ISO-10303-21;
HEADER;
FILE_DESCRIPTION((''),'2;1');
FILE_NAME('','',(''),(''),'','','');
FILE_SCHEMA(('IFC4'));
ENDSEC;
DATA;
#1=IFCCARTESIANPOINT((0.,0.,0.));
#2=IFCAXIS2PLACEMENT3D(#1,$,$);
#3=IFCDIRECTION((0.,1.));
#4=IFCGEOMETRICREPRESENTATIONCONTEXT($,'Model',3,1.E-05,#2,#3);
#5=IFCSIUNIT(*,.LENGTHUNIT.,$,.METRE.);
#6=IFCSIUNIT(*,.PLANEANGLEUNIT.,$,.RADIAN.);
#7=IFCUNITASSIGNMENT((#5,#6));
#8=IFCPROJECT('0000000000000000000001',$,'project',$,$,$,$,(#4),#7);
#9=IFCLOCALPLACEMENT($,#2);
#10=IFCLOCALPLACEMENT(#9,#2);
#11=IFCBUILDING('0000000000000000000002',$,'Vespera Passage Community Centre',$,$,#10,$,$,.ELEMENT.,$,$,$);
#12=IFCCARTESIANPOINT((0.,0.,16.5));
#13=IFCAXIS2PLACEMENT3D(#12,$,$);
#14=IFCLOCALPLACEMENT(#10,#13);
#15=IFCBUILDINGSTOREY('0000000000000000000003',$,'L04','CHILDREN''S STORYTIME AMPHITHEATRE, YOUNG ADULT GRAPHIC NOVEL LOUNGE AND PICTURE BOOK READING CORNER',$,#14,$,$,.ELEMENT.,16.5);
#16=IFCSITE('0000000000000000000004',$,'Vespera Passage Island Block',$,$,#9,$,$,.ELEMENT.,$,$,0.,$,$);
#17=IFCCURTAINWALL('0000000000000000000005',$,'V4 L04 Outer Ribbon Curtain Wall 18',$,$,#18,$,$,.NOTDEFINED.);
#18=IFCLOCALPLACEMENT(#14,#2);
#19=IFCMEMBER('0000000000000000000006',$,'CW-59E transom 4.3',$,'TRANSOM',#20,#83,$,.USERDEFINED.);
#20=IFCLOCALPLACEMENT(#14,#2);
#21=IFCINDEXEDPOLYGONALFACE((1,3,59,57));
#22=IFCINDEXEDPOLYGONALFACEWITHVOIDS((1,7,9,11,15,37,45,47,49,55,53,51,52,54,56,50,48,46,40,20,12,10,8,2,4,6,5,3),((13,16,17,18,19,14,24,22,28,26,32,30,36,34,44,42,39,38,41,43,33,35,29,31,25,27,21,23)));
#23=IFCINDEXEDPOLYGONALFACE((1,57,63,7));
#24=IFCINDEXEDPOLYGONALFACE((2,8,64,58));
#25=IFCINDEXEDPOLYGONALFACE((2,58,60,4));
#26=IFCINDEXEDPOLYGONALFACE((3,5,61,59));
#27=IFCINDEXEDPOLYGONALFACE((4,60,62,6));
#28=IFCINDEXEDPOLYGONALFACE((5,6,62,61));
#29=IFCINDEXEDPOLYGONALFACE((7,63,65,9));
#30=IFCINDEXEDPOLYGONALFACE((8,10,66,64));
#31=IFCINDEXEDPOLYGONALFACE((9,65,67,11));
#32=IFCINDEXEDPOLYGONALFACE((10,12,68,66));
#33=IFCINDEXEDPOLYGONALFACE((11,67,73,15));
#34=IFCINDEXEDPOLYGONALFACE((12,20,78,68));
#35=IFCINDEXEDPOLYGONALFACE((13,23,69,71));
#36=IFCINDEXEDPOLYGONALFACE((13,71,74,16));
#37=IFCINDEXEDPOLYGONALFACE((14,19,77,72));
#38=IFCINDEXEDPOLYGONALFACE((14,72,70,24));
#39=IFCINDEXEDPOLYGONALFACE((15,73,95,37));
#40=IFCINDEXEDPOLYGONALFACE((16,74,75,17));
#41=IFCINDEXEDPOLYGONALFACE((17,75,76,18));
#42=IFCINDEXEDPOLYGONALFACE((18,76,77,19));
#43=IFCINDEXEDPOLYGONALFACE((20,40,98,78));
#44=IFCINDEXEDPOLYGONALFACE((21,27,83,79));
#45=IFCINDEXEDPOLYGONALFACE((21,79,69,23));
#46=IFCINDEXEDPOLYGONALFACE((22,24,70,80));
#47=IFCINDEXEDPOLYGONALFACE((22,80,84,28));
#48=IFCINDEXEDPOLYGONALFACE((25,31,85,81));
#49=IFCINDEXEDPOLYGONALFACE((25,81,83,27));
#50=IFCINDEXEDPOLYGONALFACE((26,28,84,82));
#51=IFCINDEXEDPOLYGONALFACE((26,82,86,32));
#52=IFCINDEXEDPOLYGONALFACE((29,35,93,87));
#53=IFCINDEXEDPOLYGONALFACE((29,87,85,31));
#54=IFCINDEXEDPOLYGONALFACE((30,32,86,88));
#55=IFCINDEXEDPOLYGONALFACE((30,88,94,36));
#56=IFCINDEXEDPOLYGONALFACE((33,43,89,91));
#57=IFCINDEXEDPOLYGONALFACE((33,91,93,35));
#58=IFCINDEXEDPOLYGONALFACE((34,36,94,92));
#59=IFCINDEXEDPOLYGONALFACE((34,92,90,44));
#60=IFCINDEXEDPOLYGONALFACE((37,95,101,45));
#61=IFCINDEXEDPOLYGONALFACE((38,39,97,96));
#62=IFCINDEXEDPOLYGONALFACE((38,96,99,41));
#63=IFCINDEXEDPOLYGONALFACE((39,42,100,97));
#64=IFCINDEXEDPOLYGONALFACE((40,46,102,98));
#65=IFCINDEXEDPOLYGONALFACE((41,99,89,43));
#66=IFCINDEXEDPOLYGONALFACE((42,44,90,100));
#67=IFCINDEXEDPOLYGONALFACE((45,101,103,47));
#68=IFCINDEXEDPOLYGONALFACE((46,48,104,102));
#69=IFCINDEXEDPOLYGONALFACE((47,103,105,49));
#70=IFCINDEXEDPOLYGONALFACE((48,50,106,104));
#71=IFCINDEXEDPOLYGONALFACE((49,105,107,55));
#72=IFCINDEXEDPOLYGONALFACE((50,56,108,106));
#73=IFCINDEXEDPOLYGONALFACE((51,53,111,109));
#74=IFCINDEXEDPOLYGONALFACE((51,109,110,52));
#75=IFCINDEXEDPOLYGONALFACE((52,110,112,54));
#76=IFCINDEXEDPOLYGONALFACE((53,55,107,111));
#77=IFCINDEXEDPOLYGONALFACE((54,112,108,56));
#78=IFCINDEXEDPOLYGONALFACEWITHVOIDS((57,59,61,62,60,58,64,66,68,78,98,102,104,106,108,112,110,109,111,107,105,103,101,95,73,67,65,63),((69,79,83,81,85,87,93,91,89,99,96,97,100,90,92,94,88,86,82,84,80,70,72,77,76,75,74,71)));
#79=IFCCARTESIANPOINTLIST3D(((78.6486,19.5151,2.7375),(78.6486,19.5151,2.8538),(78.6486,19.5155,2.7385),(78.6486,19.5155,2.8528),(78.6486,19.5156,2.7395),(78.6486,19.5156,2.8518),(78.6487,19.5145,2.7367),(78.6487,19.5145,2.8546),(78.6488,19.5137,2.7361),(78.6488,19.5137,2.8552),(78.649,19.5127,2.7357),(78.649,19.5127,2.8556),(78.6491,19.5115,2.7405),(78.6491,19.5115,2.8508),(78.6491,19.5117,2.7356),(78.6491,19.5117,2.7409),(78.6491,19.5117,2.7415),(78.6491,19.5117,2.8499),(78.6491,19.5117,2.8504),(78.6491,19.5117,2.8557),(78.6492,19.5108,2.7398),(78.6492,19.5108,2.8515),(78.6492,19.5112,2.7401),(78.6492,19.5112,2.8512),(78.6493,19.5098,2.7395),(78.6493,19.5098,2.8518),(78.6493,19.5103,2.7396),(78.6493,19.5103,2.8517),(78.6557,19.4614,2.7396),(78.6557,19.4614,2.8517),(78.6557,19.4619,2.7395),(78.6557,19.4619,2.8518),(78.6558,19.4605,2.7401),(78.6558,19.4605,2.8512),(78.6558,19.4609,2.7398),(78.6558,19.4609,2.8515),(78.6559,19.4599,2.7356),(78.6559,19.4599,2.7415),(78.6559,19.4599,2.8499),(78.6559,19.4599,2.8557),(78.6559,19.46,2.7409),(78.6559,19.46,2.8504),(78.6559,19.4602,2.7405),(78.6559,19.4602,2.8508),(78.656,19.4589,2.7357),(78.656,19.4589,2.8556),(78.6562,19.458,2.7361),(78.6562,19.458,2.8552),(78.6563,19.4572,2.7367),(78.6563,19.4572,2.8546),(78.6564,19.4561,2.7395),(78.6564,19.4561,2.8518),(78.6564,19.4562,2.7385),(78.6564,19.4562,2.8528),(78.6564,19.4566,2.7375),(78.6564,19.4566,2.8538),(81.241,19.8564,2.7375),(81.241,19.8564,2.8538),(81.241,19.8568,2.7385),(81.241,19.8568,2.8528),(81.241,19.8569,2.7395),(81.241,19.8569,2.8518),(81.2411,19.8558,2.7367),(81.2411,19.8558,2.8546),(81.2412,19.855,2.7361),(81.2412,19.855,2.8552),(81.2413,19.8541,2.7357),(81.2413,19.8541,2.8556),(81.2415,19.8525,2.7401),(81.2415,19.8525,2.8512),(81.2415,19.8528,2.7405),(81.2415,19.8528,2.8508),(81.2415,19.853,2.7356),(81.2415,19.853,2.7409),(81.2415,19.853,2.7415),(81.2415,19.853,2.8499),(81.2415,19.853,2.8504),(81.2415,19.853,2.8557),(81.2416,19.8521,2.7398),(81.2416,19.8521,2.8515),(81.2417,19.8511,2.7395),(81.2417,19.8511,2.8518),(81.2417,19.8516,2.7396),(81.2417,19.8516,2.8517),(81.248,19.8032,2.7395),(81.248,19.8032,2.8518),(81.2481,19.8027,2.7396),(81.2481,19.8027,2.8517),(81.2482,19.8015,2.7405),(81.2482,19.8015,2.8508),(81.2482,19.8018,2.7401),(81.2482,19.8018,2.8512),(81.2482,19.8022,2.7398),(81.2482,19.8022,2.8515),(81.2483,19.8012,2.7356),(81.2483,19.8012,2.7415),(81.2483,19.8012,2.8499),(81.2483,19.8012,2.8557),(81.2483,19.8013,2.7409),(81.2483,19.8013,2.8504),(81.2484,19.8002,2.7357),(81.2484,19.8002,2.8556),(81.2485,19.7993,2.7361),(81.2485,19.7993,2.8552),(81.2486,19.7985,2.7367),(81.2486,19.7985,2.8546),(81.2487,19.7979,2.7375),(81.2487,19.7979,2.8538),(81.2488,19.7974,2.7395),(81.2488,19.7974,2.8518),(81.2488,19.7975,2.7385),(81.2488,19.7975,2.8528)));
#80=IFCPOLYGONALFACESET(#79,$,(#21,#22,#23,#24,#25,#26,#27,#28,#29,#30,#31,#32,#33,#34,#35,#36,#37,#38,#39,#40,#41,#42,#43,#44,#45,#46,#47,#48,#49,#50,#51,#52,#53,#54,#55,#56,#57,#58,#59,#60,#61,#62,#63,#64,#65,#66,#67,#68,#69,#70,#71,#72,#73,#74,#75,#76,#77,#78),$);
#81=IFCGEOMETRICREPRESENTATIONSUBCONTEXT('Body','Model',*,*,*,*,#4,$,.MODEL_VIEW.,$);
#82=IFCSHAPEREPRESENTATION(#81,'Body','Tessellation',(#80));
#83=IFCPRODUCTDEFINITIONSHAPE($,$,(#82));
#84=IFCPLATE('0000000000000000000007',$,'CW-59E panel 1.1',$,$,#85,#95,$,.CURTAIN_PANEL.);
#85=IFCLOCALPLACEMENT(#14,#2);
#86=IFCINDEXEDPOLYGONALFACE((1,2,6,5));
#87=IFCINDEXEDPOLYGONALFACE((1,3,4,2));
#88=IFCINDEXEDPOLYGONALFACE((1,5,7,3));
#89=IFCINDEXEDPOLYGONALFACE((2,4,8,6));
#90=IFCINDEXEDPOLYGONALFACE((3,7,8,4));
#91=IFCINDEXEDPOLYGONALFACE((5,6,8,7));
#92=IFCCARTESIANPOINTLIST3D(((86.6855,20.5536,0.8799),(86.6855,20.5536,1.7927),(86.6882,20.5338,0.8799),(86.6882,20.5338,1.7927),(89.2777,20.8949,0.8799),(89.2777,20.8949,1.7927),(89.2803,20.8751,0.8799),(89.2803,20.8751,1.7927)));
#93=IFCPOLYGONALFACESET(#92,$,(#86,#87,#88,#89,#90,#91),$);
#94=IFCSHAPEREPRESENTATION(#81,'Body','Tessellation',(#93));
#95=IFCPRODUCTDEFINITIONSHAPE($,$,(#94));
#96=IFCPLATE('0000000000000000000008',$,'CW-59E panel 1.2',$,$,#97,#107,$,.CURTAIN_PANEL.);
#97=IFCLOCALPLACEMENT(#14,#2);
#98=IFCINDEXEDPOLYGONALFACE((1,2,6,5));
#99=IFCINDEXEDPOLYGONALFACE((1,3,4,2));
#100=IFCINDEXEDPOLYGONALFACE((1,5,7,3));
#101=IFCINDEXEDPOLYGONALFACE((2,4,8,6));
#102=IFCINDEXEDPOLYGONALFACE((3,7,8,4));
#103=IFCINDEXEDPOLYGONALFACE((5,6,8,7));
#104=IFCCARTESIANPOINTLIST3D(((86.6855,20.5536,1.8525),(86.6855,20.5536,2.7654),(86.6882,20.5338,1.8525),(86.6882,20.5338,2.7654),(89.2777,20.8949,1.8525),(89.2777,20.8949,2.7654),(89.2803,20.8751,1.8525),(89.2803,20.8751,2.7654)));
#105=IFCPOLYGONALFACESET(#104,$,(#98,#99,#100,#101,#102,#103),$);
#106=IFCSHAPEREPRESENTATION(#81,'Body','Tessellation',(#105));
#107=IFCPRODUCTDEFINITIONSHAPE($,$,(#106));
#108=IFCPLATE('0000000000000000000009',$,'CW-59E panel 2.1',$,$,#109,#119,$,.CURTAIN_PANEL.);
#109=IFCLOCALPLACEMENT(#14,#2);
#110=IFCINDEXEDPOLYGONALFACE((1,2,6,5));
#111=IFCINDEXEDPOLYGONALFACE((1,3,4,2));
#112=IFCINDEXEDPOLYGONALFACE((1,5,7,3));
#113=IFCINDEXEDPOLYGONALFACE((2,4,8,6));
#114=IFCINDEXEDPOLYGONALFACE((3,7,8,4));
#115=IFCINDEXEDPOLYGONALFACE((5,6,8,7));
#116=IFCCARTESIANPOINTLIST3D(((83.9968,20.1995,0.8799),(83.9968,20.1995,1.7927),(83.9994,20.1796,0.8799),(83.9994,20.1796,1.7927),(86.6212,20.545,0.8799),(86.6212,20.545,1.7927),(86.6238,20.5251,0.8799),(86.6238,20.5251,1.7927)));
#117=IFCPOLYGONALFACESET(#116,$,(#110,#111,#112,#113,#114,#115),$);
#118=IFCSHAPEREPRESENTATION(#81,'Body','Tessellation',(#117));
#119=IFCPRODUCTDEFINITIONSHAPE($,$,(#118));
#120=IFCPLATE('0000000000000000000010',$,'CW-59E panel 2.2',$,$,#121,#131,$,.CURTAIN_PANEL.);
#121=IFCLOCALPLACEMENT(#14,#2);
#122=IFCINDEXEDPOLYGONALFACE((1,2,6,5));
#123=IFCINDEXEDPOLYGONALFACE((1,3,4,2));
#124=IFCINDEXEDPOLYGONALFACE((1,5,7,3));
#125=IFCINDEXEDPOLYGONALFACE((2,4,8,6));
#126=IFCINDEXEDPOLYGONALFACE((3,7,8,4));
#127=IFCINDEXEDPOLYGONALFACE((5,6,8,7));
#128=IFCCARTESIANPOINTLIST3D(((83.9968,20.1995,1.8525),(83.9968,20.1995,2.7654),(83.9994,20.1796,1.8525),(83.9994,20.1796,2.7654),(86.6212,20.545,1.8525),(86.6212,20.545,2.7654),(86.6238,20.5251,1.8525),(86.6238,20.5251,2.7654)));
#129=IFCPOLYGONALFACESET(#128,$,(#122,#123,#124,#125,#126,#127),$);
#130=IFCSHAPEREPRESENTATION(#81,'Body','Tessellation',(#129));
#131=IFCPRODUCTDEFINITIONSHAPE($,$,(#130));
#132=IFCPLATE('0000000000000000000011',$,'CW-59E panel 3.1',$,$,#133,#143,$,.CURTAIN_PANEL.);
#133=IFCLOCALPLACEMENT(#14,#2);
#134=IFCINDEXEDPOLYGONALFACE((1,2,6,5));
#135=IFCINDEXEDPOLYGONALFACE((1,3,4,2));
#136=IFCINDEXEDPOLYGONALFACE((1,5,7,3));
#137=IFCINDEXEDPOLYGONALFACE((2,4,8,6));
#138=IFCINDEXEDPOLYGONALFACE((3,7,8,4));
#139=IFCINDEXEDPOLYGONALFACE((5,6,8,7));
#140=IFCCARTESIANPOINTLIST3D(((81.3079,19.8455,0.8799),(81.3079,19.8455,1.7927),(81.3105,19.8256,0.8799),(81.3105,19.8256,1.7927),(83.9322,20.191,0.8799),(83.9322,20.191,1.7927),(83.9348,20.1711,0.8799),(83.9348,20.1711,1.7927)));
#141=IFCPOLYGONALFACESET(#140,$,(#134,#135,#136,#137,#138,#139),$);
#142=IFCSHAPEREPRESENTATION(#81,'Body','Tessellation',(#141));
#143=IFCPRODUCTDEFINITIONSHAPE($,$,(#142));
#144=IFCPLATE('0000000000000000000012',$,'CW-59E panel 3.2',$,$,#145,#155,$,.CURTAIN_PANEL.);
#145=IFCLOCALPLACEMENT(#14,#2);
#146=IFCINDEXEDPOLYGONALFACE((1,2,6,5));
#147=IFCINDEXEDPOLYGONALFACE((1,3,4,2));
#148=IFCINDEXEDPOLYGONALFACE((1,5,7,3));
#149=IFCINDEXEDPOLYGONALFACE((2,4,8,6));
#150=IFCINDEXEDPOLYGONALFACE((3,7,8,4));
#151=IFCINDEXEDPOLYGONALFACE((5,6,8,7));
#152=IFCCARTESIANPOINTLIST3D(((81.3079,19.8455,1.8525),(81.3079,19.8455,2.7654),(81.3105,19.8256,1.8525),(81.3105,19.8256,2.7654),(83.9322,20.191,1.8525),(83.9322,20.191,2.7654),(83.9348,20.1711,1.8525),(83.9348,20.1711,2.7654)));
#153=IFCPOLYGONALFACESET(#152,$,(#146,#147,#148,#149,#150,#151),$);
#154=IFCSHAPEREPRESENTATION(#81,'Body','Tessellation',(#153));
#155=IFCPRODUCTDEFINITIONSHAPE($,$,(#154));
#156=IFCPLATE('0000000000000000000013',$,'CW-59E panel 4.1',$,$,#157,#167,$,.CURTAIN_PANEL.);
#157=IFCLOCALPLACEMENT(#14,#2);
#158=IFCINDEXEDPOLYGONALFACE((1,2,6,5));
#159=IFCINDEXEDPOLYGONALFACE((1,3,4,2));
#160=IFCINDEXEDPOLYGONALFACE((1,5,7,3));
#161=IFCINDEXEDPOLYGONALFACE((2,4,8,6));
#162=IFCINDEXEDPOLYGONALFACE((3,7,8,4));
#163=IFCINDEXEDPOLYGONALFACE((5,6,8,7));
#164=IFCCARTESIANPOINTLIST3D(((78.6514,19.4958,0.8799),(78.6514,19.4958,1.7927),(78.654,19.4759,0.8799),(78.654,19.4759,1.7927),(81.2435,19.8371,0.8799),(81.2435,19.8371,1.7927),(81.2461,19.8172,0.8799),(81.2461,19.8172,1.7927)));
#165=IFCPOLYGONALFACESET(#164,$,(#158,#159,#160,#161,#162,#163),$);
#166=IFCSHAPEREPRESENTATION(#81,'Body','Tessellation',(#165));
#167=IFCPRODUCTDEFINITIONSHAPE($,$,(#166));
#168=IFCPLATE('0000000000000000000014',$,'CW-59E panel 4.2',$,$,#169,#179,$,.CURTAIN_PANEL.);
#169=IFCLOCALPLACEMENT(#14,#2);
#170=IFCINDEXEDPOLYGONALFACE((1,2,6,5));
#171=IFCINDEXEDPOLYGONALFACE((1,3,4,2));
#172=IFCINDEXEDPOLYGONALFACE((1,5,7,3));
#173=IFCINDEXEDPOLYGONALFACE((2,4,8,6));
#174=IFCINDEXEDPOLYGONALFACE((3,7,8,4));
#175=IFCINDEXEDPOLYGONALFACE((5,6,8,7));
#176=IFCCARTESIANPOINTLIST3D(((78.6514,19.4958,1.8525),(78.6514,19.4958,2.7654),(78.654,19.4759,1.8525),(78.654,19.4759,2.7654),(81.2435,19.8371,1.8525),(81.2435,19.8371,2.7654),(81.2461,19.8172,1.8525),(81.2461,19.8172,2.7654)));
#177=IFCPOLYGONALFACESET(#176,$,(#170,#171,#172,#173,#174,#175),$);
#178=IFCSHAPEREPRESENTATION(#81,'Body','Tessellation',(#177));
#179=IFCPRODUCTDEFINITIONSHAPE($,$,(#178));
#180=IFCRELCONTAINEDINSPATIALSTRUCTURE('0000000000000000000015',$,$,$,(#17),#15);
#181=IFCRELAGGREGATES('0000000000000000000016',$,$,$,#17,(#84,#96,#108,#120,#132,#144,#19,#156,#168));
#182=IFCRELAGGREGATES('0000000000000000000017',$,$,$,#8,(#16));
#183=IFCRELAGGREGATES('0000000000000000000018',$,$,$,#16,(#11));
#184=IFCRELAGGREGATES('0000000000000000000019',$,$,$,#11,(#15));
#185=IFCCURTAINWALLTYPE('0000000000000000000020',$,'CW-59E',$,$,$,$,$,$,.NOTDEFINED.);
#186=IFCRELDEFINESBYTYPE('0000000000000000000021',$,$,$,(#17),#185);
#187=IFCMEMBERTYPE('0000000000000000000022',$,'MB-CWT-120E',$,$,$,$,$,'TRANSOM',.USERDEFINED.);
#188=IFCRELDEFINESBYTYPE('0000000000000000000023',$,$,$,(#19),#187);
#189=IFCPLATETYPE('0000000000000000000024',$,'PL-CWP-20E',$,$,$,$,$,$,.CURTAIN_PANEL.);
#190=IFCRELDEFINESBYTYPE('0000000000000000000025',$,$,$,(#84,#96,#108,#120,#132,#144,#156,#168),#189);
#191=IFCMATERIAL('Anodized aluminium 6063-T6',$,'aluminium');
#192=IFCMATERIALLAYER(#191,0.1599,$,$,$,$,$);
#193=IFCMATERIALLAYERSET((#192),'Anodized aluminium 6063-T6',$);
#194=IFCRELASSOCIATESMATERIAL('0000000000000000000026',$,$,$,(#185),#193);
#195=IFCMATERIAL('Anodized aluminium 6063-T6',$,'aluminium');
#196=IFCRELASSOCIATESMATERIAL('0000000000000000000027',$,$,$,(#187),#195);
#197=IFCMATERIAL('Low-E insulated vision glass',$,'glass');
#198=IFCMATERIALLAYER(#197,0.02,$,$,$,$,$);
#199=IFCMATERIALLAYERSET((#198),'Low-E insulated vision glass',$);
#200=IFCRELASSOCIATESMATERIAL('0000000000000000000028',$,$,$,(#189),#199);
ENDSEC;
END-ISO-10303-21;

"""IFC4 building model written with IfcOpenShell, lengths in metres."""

from ifc_helpers import new_model, si_unit, direction, frame, origin, origin_2d, place, context, subcontext, project, spatial, rectangle, hollow_rectangle, extrude, material, layer, layer_set, material_profile, profile_set, type_object, element, aggregate, save


model = new_model("IFC4")

# Units and contexts
model_context = context("Model", 3, precision=1e-05, world=origin(), true_north=direction((0.0, 1.0)))
body_context = subcontext(model_context, "Body", "Model", "MODEL_VIEW")
ifc_project = project(units=[si_unit("LENGTHUNIT", "METRE"), si_unit("PLANEANGLEUNIT", "RADIAN")], contexts=[model_context])

# Site, building, storey
site_placement = place(None, origin())
site = spatial("IfcSite", under=ifc_project, at=site_placement, Name="Vespera Passage Island Block", CompositionType="ELEMENT", RefElevation=0.0)
building_placement = place(site_placement, origin())
building = spatial("IfcBuilding", under=site, at=building_placement, Name="Vespera Passage Community Centre", CompositionType="ELEMENT")
storey_placement = place(building_placement, frame((0.0, 0.0, 16.5)))
storey = spatial("IfcBuildingStorey", under=building, at=storey_placement, Name="L04", Description="CHILDREN'S STORYTIME AMPHITHEATRE, YOUNG ADULT GRAPHIC NOVEL LOUNGE AND PICTURE BOOK READING CORNER", CompositionType="ELEMENT", Elevation=16.5)

# Curtain wall, member, plates
ifc_material_1 = material(Name="Anodized aluminium 6063-T6", Category="aluminium")
ifc_layer_1 = layer(ifc_material_1, 0.1599)
ifc_layer_set_1 = layer_set([ifc_layer_1], Name="Anodized aluminium 6063-T6")
curtain_wall_type = type_object("IfcCurtainWallType", Name="CW-59E", PredefinedType="NOTDEFINED", material=ifc_layer_set_1)
curtain_wall_placement = place(storey_placement, origin())
curtain_wall = element("IfcCurtainWall", 1, at=curtain_wall_placement, inside=storey, type_object=curtain_wall_type, Name="V4 L04 Outer Ribbon Curtain Wall 18", PredefinedType="NOTDEFINED")
ifc_material_2 = material(Name="Anodized aluminium 6063-T6", Category="aluminium")
ifc_material_profile_1 = material_profile(ifc_material_2, hollow_rectangle(XDim=0.0601, YDim=0.1201, WallThickness=0.0039, InnerFilletRadius=0.002, OuterFilletRadius=0.0039, at=origin_2d()), Name="ALU120X60X4")
ifc_profile_set_1 = profile_set([ifc_material_profile_1], Name="Anodized aluminium 6063-T6")
member_type_1 = type_object("IfcMemberType", Name="MB-CWT-120E", ElementType="TRANSOM", PredefinedType="USERDEFINED", material=ifc_profile_set_1)
member_1_placement = place(storey_placement, frame((81.2449, 19.8271, 2.7957), z_axis=(-0.991443, -0.130537, 0.0), x_axis=(0.130537, -0.991443, 0.0)))
member_1 = element("IfcMember", 2, at=member_1_placement, type_object=member_type_1, Name="CW-59E transom 4.3", ObjectType="TRANSOM", PredefinedType="USERDEFINED", context=body_context, shape_type="SweptSolid", body=[
    extrude(hollow_rectangle(XDim=0.0601, YDim=0.1201, WallThickness=0.0039, InnerFilletRadius=0.002, OuterFilletRadius=0.0039, at=origin_2d()), origin(), (0.0, 0.0, 1.0), 2.6147),
])
ifc_material_3 = material(Name="Low-E insulated vision glass", Category="glass")
ifc_layer_2 = layer(ifc_material_3, 0.02)
ifc_layer_set_2 = layer_set([ifc_layer_2], Name="Low-E insulated vision glass")
plate_type = type_object("IfcPlateType", Name="PL-CWP-20E", PredefinedType="CURTAIN_PANEL", material=ifc_layer_set_2)
plate_1_placement = place(storey_placement, frame((87.9829, 20.7144, 0.8799), z_axis=(0.0, 0.0, 1.0), x_axis=(-0.991444, -0.130531, 0.0)))
plate_1 = element("IfcPlate", 3, at=plate_1_placement, type_object=plate_type, Name="CW-59E panel 1.1", PredefinedType="CURTAIN_PANEL", context=body_context, shape_type="SweptSolid", body=[
    extrude(rectangle(XDim=2.6145, YDim=0.02, at=origin_2d()), origin(), (0.0, 0.0, 1.0), 0.9128),
])
plate_2_placement = place(storey_placement, frame((87.9829, 20.7144, 1.8525), z_axis=(0.0, 0.0, 1.0), x_axis=(-0.991444, -0.130531, 0.0)))
plate_2 = element("IfcPlate", 4, at=plate_2_placement, type_object=plate_type, Name="CW-59E panel 1.2", PredefinedType="CURTAIN_PANEL", context=body_context, shape_type="SweptSolid", body=[
    extrude(rectangle(XDim=2.6145, YDim=0.02, at=origin_2d()), origin(), (0.0, 0.0, 1.0), 0.9128),
])
plate_3_placement = place(storey_placement, frame((85.3103, 20.3623, 0.8799), z_axis=(0.0, 0.0, 1.0), x_axis=(-0.991444, -0.130531, 0.0)))
plate_3 = element("IfcPlate", 5, at=plate_3_placement, type_object=plate_type, Name="CW-59E panel 2.1", PredefinedType="CURTAIN_PANEL", context=body_context, shape_type="SweptSolid", body=[
    extrude(rectangle(XDim=2.647, YDim=0.02, at=origin_2d()), origin(), (0.0, 0.0, 1.0), 0.9128),
])
plate_4_placement = place(storey_placement, frame((85.3103, 20.3623, 1.8525), z_axis=(0.0, 0.0, 1.0), x_axis=(-0.991444, -0.130531, 0.0)))
plate_4 = element("IfcPlate", 6, at=plate_4_placement, type_object=plate_type, Name="CW-59E panel 2.2", PredefinedType="CURTAIN_PANEL", context=body_context, shape_type="SweptSolid", body=[
    extrude(rectangle(XDim=2.647, YDim=0.02, at=origin_2d()), origin(), (0.0, 0.0, 1.0), 0.9128),
])
plate_5_placement = place(storey_placement, frame((82.6213, 20.0083, 0.8799), z_axis=(0.0, 0.0, 1.0), x_axis=(-0.991444, -0.130531, 0.0)))
plate_5 = element("IfcPlate", 7, at=plate_5_placement, type_object=plate_type, Name="CW-59E panel 3.1", PredefinedType="CURTAIN_PANEL", context=body_context, shape_type="SweptSolid", body=[
    extrude(rectangle(XDim=2.647, YDim=0.02, at=origin_2d()), origin(), (0.0, 0.0, 1.0), 0.9128),
])
plate_6_placement = place(storey_placement, frame((82.6213, 20.0083, 1.8525), z_axis=(0.0, 0.0, 1.0), x_axis=(-0.991444, -0.130531, 0.0)))
plate_6 = element("IfcPlate", 8, at=plate_6_placement, type_object=plate_type, Name="CW-59E panel 3.2", PredefinedType="CURTAIN_PANEL", context=body_context, shape_type="SweptSolid", body=[
    extrude(rectangle(XDim=2.647, YDim=0.02, at=origin_2d()), origin(), (0.0, 0.0, 1.0), 0.9128),
])
plate_7_placement = place(storey_placement, frame((79.9487, 19.6565, 0.8799), z_axis=(0.0, 0.0, 1.0), x_axis=(-0.991444, -0.130531, 0.0)))
plate_7 = element("IfcPlate", 9, at=plate_7_placement, type_object=plate_type, Name="CW-59E panel 4.1", PredefinedType="CURTAIN_PANEL", context=body_context, shape_type="SweptSolid", body=[
    extrude(rectangle(XDim=2.6145, YDim=0.02, at=origin_2d()), origin(), (0.0, 0.0, 1.0), 0.9128),
])
plate_8_placement = place(storey_placement, frame((79.9487, 19.6565, 1.8525), z_axis=(0.0, 0.0, 1.0), x_axis=(-0.991444, -0.130531, 0.0)))
plate_8 = element("IfcPlate", 10, at=plate_8_placement, type_object=plate_type, Name="CW-59E panel 4.2", PredefinedType="CURTAIN_PANEL", context=body_context, shape_type="SweptSolid", body=[
    extrude(rectangle(XDim=2.6145, YDim=0.02, at=origin_2d()), origin(), (0.0, 0.0, 1.0), 0.9128),
])
aggregate(curtain_wall, [plate_1, plate_2, plate_3, plate_4, plate_5, plate_6, member_1, plate_7, plate_8])

save(model, "model.ifc")
